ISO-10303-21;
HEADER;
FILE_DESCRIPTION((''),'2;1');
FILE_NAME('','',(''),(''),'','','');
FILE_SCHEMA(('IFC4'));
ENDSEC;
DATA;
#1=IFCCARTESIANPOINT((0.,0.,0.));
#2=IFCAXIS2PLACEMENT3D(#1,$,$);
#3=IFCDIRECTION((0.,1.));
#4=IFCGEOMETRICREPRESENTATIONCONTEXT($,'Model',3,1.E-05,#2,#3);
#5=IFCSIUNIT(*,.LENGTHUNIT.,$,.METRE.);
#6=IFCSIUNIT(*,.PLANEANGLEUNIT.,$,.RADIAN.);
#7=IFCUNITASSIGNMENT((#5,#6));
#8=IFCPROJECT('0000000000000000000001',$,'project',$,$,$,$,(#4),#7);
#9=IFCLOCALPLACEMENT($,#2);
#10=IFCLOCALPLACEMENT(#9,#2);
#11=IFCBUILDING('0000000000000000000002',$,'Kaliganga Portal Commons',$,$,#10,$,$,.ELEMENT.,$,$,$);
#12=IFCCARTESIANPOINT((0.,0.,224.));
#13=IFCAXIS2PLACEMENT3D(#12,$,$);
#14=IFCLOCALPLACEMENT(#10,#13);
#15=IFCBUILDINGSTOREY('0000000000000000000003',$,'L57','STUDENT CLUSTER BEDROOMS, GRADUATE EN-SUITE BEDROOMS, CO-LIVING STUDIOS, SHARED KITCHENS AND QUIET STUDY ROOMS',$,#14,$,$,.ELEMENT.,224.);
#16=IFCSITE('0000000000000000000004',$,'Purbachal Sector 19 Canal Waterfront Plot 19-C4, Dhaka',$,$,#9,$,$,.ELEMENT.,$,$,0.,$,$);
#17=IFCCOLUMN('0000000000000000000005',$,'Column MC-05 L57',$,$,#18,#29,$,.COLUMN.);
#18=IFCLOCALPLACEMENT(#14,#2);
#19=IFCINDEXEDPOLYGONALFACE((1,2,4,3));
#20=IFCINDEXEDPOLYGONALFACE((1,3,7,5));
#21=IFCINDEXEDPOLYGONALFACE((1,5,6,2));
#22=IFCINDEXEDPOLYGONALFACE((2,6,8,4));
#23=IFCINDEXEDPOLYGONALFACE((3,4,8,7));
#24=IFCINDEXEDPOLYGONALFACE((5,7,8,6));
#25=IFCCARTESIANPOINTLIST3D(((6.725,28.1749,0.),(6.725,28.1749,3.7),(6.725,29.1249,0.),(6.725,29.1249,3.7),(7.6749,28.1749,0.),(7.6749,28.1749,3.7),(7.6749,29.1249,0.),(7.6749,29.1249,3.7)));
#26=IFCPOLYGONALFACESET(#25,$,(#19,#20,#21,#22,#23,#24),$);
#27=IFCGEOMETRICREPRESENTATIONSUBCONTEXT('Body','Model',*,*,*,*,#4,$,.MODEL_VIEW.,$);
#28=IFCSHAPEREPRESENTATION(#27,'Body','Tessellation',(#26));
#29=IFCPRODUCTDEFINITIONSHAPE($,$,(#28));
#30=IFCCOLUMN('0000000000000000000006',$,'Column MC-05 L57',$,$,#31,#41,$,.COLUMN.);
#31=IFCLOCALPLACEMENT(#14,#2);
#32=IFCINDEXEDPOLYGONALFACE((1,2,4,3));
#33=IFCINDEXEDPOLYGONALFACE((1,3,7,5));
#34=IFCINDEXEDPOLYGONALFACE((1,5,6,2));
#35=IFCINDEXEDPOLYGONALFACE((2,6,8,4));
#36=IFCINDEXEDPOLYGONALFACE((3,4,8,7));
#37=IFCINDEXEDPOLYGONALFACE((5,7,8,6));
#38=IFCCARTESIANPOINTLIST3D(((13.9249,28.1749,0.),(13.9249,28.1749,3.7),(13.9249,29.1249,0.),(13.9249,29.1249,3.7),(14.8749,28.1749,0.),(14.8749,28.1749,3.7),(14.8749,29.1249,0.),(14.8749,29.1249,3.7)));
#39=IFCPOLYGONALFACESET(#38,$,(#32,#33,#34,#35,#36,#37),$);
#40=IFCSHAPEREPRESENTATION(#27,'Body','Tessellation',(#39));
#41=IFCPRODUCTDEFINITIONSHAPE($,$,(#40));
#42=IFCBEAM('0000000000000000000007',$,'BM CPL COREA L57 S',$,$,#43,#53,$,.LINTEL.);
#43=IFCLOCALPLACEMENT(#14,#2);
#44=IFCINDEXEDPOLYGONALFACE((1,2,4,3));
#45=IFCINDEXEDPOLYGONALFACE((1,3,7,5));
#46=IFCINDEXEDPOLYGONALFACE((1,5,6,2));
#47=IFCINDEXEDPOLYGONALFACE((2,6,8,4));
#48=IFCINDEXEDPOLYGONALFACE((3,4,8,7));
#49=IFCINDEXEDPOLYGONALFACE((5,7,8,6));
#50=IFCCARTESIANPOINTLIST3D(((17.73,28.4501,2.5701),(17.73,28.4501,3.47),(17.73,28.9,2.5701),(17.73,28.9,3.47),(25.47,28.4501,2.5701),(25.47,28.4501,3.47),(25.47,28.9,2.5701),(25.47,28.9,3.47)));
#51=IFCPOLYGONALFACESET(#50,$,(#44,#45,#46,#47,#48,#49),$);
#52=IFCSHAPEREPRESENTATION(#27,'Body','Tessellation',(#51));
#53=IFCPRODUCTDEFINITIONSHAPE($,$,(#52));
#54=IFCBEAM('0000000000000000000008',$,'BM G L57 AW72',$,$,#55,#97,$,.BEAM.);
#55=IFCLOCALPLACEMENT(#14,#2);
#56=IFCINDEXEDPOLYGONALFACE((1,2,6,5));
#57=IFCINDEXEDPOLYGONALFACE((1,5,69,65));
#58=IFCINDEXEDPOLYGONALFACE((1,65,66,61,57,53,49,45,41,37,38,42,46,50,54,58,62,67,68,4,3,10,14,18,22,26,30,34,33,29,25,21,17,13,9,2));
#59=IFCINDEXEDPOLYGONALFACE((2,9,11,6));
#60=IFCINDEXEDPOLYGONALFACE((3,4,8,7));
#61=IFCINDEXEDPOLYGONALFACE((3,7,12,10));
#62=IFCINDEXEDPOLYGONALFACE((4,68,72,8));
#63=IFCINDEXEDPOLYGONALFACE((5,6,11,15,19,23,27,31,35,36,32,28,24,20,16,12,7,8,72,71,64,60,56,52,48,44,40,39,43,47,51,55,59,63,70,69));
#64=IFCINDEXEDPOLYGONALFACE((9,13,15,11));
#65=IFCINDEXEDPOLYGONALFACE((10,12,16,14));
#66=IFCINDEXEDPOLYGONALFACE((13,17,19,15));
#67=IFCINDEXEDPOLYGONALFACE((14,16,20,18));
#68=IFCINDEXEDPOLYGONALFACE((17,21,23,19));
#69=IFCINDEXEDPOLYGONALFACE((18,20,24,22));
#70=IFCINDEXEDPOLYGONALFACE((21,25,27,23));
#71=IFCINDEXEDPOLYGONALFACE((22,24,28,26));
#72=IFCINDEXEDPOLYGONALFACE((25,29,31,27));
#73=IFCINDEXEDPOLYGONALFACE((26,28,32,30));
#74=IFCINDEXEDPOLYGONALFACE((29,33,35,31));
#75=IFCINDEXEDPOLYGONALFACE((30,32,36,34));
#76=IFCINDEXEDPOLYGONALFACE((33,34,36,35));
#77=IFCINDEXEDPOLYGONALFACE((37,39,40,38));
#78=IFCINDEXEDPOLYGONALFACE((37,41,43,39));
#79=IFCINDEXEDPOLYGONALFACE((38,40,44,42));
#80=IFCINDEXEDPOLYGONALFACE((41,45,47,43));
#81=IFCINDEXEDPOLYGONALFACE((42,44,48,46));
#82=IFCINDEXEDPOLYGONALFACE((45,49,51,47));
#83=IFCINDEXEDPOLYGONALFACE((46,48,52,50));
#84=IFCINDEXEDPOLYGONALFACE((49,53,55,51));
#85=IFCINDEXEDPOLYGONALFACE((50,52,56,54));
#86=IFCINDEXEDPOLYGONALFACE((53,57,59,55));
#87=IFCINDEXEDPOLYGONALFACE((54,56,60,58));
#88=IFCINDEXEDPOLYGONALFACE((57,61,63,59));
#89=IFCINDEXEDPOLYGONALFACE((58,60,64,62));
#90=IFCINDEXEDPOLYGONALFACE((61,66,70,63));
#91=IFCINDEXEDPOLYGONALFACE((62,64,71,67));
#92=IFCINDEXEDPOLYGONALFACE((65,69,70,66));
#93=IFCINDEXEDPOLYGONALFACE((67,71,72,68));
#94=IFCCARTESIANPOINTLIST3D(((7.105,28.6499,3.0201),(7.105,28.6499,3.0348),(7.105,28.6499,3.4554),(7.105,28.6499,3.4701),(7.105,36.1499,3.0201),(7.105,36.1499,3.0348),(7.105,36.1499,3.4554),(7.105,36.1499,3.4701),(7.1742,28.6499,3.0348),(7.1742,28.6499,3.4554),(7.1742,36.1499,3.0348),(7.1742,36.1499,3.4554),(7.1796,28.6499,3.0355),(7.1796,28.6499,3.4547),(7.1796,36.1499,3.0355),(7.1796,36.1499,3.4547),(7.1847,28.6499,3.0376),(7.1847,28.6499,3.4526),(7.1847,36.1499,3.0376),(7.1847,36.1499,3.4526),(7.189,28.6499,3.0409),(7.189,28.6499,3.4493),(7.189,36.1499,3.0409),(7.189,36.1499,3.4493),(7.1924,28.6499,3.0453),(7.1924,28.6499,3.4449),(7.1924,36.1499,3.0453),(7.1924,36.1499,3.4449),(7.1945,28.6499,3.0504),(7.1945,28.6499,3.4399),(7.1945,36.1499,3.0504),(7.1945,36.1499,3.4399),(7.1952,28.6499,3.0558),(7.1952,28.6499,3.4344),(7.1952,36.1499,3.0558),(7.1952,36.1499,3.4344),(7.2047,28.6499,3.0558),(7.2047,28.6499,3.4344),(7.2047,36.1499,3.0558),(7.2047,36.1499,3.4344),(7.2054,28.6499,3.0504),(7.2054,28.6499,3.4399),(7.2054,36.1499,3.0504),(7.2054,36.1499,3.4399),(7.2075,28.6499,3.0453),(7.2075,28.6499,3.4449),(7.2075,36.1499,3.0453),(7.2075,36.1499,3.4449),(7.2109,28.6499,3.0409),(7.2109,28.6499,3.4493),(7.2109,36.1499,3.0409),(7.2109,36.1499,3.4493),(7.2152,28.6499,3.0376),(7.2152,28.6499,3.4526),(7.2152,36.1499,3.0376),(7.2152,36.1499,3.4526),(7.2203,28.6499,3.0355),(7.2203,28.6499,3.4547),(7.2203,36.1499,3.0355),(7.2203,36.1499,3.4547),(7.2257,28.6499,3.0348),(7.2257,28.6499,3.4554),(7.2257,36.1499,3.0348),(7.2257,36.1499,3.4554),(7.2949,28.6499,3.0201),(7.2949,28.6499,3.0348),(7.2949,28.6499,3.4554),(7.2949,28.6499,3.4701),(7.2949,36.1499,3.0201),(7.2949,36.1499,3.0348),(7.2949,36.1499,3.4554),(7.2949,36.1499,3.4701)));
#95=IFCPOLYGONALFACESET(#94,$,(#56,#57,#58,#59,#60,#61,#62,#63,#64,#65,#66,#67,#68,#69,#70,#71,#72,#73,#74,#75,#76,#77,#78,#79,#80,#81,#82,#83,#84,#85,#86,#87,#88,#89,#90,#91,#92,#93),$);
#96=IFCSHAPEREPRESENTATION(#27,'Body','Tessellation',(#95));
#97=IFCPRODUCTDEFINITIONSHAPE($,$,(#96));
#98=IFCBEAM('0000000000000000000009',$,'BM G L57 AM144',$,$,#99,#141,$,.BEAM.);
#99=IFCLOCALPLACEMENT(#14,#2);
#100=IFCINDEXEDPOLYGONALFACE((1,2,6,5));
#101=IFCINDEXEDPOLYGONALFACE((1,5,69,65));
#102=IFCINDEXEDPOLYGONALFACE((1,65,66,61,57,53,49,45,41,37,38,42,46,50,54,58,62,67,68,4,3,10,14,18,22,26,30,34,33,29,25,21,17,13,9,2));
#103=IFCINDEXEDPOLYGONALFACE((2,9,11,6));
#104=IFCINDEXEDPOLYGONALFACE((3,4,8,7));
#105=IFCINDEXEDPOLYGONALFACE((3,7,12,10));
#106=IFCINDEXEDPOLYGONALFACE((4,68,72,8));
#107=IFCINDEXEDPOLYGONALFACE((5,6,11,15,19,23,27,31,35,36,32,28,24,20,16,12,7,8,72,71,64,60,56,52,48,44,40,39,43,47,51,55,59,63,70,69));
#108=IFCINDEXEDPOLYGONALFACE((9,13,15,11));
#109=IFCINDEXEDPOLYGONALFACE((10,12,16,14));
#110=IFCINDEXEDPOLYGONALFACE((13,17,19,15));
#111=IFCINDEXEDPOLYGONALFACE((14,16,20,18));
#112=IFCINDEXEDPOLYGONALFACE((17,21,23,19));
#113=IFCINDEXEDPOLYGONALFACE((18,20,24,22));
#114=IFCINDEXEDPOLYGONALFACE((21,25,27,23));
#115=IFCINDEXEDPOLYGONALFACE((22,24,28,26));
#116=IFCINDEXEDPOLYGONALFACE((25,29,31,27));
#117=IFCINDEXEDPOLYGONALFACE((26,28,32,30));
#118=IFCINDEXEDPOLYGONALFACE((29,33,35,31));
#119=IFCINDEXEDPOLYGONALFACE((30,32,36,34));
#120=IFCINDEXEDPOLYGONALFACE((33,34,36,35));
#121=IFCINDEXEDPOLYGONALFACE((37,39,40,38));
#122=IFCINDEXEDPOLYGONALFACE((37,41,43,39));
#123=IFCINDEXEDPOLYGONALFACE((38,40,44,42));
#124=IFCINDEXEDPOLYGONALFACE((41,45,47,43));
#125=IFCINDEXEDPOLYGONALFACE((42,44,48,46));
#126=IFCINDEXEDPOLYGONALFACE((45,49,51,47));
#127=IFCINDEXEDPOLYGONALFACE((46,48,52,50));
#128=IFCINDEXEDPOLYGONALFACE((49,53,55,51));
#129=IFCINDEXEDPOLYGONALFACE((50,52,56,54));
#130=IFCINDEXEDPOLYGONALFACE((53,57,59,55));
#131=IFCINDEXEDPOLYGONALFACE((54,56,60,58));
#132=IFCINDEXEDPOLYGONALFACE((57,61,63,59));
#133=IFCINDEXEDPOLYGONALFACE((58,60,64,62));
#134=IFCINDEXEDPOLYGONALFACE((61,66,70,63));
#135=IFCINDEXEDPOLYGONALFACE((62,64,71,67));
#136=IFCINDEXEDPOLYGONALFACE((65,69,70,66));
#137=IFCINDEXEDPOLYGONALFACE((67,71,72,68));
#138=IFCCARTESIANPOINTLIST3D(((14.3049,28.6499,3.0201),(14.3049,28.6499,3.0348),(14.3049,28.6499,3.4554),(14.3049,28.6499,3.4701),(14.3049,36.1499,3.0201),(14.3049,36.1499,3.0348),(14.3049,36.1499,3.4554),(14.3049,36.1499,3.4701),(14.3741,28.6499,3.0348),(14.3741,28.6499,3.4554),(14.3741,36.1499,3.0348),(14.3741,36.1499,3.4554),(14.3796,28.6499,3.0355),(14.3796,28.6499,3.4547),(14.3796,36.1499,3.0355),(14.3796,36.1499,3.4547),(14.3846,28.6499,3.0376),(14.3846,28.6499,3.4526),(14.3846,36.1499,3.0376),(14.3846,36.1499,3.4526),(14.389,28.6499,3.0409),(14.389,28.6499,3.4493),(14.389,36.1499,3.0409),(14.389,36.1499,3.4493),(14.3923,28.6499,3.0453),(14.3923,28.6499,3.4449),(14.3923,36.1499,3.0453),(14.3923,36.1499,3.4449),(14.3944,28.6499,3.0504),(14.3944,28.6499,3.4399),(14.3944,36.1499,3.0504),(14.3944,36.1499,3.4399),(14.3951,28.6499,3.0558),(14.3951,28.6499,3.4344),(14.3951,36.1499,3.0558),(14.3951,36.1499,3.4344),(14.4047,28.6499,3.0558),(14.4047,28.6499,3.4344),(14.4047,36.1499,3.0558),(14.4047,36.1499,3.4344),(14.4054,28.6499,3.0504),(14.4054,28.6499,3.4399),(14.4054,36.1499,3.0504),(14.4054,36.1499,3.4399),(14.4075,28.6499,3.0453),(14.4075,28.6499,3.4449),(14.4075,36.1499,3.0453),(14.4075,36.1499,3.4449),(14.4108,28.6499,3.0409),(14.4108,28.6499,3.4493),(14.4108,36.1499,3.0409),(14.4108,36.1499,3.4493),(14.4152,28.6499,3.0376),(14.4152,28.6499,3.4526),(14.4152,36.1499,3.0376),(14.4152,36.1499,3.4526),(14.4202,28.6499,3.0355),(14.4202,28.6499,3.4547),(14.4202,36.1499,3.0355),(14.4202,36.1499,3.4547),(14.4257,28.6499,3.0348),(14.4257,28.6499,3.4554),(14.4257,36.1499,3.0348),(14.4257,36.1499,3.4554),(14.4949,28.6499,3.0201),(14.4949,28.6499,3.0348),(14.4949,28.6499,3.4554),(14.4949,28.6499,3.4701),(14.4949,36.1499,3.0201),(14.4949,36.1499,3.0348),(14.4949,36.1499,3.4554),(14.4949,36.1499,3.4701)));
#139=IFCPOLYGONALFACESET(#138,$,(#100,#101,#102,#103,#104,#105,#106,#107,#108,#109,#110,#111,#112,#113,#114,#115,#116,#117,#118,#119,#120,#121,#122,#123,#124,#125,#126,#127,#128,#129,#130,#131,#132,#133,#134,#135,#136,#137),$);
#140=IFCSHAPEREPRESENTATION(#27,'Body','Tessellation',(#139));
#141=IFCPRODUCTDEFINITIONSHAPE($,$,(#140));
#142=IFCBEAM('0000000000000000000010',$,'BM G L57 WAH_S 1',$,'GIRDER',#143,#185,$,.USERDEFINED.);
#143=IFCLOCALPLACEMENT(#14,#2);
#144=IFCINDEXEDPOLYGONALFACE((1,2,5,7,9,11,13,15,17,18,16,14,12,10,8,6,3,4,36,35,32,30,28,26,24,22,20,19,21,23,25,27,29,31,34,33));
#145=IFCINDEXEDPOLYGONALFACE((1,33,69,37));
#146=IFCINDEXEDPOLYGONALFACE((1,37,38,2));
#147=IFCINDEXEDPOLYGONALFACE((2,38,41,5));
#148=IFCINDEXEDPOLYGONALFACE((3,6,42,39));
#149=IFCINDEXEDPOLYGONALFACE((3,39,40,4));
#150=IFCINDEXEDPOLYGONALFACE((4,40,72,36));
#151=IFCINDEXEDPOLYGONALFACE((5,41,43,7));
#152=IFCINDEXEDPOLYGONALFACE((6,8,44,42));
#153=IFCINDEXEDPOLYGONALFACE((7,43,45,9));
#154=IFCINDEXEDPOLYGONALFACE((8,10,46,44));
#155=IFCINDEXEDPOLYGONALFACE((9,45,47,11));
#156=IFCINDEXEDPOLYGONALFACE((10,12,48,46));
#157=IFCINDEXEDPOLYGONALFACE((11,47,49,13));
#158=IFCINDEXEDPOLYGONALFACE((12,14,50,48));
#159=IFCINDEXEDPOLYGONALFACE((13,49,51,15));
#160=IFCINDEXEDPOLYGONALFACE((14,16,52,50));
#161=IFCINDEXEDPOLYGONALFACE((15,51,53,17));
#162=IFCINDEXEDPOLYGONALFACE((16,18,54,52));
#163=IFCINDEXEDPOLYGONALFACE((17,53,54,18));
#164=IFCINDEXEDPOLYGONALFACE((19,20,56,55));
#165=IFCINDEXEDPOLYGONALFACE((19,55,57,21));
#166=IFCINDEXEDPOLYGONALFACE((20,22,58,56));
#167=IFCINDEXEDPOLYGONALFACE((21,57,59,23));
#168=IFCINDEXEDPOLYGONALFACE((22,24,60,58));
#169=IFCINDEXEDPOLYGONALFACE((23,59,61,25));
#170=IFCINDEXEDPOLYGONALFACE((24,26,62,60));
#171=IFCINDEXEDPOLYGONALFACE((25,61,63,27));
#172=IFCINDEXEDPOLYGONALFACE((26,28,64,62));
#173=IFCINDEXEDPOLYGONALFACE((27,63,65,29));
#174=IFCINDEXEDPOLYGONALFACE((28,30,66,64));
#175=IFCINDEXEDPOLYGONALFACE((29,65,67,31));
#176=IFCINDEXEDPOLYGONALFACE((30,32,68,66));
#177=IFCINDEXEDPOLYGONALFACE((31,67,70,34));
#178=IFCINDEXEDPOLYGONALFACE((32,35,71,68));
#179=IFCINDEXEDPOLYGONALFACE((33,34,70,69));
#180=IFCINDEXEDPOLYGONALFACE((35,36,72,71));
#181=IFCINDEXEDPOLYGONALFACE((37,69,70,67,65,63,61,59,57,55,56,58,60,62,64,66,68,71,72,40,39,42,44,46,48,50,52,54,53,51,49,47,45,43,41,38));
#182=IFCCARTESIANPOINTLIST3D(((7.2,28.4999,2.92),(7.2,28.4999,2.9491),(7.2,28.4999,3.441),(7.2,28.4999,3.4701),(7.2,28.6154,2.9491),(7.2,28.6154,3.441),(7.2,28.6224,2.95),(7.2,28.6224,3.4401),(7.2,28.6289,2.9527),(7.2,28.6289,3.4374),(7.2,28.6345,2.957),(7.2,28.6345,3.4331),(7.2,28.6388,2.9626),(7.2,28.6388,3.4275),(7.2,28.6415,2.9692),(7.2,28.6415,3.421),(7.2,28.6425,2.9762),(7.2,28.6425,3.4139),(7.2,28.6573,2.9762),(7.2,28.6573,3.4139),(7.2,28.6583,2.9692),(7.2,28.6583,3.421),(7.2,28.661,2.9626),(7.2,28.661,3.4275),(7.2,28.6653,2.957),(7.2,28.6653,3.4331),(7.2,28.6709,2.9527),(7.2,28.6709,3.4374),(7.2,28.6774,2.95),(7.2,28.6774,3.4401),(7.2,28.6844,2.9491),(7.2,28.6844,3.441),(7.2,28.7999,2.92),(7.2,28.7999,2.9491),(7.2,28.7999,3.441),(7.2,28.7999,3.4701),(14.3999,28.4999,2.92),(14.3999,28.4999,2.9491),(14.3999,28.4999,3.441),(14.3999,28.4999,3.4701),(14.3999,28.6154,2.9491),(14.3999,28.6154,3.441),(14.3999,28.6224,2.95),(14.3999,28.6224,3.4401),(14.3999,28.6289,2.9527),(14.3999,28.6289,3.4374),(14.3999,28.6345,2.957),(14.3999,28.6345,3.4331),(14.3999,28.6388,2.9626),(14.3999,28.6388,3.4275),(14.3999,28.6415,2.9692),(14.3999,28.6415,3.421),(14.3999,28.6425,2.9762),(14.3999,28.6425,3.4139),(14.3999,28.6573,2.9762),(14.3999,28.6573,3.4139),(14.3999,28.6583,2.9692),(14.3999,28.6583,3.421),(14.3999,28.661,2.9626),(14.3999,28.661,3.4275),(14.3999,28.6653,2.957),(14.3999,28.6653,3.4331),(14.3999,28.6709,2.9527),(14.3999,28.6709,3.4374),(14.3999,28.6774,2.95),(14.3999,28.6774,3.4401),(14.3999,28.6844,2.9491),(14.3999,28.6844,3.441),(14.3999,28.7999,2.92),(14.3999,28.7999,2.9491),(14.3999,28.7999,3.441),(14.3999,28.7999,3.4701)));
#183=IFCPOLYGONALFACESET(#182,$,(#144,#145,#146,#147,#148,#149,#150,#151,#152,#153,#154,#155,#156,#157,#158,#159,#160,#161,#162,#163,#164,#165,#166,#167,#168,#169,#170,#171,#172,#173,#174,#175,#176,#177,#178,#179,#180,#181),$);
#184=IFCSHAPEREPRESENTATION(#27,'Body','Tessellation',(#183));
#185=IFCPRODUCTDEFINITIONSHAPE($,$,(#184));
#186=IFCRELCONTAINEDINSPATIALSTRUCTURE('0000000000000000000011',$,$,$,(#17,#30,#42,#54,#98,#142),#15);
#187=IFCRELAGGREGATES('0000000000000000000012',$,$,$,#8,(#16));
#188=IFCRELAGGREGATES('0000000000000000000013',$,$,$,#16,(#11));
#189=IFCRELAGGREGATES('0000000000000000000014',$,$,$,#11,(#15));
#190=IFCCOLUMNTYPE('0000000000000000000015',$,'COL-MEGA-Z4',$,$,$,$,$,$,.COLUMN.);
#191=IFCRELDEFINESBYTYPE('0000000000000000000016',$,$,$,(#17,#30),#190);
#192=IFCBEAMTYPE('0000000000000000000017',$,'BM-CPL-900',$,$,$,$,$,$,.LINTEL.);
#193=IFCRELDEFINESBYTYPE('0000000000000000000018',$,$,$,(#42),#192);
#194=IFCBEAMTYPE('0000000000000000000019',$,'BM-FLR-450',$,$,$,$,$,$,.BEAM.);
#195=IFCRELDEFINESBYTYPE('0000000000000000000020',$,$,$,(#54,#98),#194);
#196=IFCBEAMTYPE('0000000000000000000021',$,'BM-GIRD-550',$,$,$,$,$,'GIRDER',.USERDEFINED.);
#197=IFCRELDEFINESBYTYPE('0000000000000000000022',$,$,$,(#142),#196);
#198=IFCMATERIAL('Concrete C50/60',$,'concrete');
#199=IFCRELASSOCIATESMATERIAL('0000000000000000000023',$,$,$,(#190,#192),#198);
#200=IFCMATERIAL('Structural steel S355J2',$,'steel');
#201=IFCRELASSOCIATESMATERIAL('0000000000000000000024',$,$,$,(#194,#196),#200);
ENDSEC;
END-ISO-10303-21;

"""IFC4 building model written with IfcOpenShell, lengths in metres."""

from ifc_helpers import new_model, si_unit, direction, frame, origin, origin_2d, place, context, subcontext, project, spatial, rectangle, i_section, extrude, source, transform, mapped, material, material_profile, profile_set, type_object, element, save


model = new_model("IFC4")

# Units and contexts
model_context = context("Model", 3, precision=1e-05, world=origin(), true_north=direction((0.0, 1.0)))
body_context = subcontext(model_context, "Body", "Model", "MODEL_VIEW")
ifc_project = project(units=[si_unit("LENGTHUNIT", "METRE"), si_unit("PLANEANGLEUNIT", "RADIAN")], contexts=[model_context])

# Site, building, storey
site_placement = place(None, origin())
site = spatial("IfcSite", under=ifc_project, at=site_placement, Name="Purbachal Sector 19 Canal Waterfront Plot 19-C4, Dhaka", CompositionType="ELEMENT", RefElevation=0.0)
building_placement = place(site_placement, origin())
building = spatial("IfcBuilding", under=site, at=building_placement, Name="Kaliganga Portal Commons", CompositionType="ELEMENT")
storey_placement = place(building_placement, frame((0.0, 0.0, 224.0)))
storey = spatial("IfcBuildingStorey", under=building, at=storey_placement, Name="L57", Description="STUDENT CLUSTER BEDROOMS, GRADUATE EN-SUITE BEDROOMS, CO-LIVING STUDIOS, SHARED KITCHENS AND QUIET STUDY ROOMS", CompositionType="ELEMENT", Elevation=224.0)

# Columns
ifc_material_1 = material(Name="Concrete C50/60", Category="concrete")
ifc_material_profile_1 = material_profile(ifc_material_1, rectangle(XDim=0.95, YDim=0.95, at=origin_2d()), Name="RC 950x950")
ifc_profile_set_1 = profile_set([ifc_material_profile_1], Name="Concrete C50/60")
column_type = type_object("IfcColumnType", Name="COL-MEGA-Z4", PredefinedType="COLUMN", material=ifc_profile_set_1)
shared_shape_1 = source(origin(), body_context, "Body", "SweptSolid", [
    extrude(rectangle(XDim=0.95, YDim=0.95, at=origin_2d()), origin(), (0.0, 0.0, 1.0), 3.7),
])
for number, where, z_axis, x_axis, name in (
    (1, (7.2, 28.6499, 0.0), (0.0, 0.0, 1.0), (1.0, 0.0, 0.0), "Column MC-05 L57"),
    (2, (14.3999, 28.6499, 0.0), (0.0, 0.0, 1.0), (1.0, 0.0, 0.0), "Column MC-05 L57"),
):
    element("IfcColumn", number, at=place(storey_placement, frame(where, z_axis=z_axis, x_axis=x_axis)), inside=storey, type_object=column_type, Name=name, PredefinedType="COLUMN", context=body_context, shape_type="MappedRepresentation", body=[
        mapped(shared_shape_1, transform((0.0, 0.0, 0.0), x_axis=(1.0, 0.0, 0.0), y_axis=(0.0, 1.0, 0.0), z_axis=(0.0, 0.0, 1.0), scale=1.0)),
    ])

# Beams
ifc_material_profile_2 = material_profile(ifc_material_1, rectangle(XDim=0.45, YDim=0.8999, at=origin_2d()), Name="RC 450x900")
ifc_profile_set_2 = profile_set([ifc_material_profile_2], Name="Concrete C50/60")
beam_type_1 = type_object("IfcBeamType", Name="BM-CPL-900", PredefinedType="LINTEL", material=ifc_profile_set_2)
shared_shape_2 = source(origin(), body_context, "Body", "SweptSolid", [
    extrude(rectangle(XDim=0.45, YDim=0.8999, at=origin_2d()), origin(), (0.0, 0.0, 1.0), 7.74),
])
beam_1_placement = place(storey_placement, frame((17.73, 28.675, 3.02), z_axis=(1.0, 0.0, 0.0), x_axis=(0.0, 1.0, 0.0)))
element("IfcBeam", 3, at=beam_1_placement, inside=storey, type_object=beam_type_1, Name="BM CPL COREA L57 S", PredefinedType="LINTEL", context=body_context, shape_type="MappedRepresentation", body=[
    mapped(shared_shape_2, transform((0.0, 0.0, 0.0), x_axis=(1.0, 0.0, 0.0), y_axis=(0.0, 1.0, 0.0), z_axis=(0.0, 0.0, 1.0), scale=1.0)),
])
ifc_material_2 = material(Name="Structural steel S355J2", Category="steel")
ifc_material_profile_3 = material_profile(ifc_material_2, i_section(OverallWidth=0.1899, OverallDepth=0.45, WebThickness=0.0095, FlangeThickness=0.0146, FilletRadius=0.021, at=origin_2d()), Name="IPE 450")
ifc_profile_set_3 = profile_set([ifc_material_profile_3], Name="Structural steel S355J2 wide-flange")
beam_type_2 = type_object("IfcBeamType", Name="BM-FLR-450", PredefinedType="BEAM", material=ifc_profile_set_3)
shared_shape_3 = source(origin(), body_context, "Body", "SweptSolid", [
    extrude(i_section(OverallWidth=0.1899, OverallDepth=0.45, WebThickness=0.0095, FlangeThickness=0.0146, FilletRadius=0.021, at=origin_2d()), origin(), (0.0, 0.0, 1.0), 7.5),
])
for number, where, z_axis, x_axis, name in (
    (4, (7.2, 28.6499, 3.2451), (0.0, 1.0, 0.0), (-1.0, 0.0, 0.0), "BM G L57 AW72"),
    (5, (14.3999, 28.6499, 3.2451), (0.0, 1.0, 0.0), (-1.0, 0.0, 0.0), "BM G L57 AM144"),
):
    element("IfcBeam", number, at=place(storey_placement, frame(where, z_axis=z_axis, x_axis=x_axis)), inside=storey, type_object=beam_type_2, Name=name, PredefinedType="BEAM", context=body_context, shape_type="MappedRepresentation", body=[
        mapped(shared_shape_3, transform((0.0, 0.0, 0.0), x_axis=(1.0, 0.0, 0.0), y_axis=(0.0, 1.0, 0.0), z_axis=(0.0, 0.0, 1.0), scale=1.0)),
    ])
ifc_material_profile_4 = material_profile(ifc_material_2, i_section(OverallWidth=0.3, OverallDepth=0.55, WebThickness=0.0149, FlangeThickness=0.0291, FilletRadius=0.0271, at=origin_2d()), Name="HE 550 B")
ifc_profile_set_4 = profile_set([ifc_material_profile_4], Name="Structural steel S355J2 wide-flange")
beam_type_3 = type_object("IfcBeamType", Name="BM-GIRD-550", ElementType="GIRDER", PredefinedType="USERDEFINED", material=ifc_profile_set_4)
shared_shape_4 = source(origin(), body_context, "Body", "SweptSolid", [
    extrude(i_section(OverallWidth=0.3, OverallDepth=0.55, WebThickness=0.0149, FlangeThickness=0.0291, FilletRadius=0.0271, at=origin_2d()), origin(), (0.0, 0.0, 1.0), 7.2),
])
beam_2_placement = place(storey_placement, frame((7.2, 28.6499, 3.1951), z_axis=(1.0, 0.0, 0.0), x_axis=(0.0, 1.0, 0.0)))
element("IfcBeam", 6, at=beam_2_placement, inside=storey, type_object=beam_type_3, Name="BM G L57 WAH_S 1", ObjectType="GIRDER", PredefinedType="USERDEFINED", context=body_context, shape_type="MappedRepresentation", body=[
    mapped(shared_shape_4, transform((0.0, 0.0, 0.0), x_axis=(1.0, 0.0, 0.0), y_axis=(0.0, 1.0, 0.0), z_axis=(0.0, 0.0, 1.0), scale=1.0)),
])

save(model, "model.ifc")
